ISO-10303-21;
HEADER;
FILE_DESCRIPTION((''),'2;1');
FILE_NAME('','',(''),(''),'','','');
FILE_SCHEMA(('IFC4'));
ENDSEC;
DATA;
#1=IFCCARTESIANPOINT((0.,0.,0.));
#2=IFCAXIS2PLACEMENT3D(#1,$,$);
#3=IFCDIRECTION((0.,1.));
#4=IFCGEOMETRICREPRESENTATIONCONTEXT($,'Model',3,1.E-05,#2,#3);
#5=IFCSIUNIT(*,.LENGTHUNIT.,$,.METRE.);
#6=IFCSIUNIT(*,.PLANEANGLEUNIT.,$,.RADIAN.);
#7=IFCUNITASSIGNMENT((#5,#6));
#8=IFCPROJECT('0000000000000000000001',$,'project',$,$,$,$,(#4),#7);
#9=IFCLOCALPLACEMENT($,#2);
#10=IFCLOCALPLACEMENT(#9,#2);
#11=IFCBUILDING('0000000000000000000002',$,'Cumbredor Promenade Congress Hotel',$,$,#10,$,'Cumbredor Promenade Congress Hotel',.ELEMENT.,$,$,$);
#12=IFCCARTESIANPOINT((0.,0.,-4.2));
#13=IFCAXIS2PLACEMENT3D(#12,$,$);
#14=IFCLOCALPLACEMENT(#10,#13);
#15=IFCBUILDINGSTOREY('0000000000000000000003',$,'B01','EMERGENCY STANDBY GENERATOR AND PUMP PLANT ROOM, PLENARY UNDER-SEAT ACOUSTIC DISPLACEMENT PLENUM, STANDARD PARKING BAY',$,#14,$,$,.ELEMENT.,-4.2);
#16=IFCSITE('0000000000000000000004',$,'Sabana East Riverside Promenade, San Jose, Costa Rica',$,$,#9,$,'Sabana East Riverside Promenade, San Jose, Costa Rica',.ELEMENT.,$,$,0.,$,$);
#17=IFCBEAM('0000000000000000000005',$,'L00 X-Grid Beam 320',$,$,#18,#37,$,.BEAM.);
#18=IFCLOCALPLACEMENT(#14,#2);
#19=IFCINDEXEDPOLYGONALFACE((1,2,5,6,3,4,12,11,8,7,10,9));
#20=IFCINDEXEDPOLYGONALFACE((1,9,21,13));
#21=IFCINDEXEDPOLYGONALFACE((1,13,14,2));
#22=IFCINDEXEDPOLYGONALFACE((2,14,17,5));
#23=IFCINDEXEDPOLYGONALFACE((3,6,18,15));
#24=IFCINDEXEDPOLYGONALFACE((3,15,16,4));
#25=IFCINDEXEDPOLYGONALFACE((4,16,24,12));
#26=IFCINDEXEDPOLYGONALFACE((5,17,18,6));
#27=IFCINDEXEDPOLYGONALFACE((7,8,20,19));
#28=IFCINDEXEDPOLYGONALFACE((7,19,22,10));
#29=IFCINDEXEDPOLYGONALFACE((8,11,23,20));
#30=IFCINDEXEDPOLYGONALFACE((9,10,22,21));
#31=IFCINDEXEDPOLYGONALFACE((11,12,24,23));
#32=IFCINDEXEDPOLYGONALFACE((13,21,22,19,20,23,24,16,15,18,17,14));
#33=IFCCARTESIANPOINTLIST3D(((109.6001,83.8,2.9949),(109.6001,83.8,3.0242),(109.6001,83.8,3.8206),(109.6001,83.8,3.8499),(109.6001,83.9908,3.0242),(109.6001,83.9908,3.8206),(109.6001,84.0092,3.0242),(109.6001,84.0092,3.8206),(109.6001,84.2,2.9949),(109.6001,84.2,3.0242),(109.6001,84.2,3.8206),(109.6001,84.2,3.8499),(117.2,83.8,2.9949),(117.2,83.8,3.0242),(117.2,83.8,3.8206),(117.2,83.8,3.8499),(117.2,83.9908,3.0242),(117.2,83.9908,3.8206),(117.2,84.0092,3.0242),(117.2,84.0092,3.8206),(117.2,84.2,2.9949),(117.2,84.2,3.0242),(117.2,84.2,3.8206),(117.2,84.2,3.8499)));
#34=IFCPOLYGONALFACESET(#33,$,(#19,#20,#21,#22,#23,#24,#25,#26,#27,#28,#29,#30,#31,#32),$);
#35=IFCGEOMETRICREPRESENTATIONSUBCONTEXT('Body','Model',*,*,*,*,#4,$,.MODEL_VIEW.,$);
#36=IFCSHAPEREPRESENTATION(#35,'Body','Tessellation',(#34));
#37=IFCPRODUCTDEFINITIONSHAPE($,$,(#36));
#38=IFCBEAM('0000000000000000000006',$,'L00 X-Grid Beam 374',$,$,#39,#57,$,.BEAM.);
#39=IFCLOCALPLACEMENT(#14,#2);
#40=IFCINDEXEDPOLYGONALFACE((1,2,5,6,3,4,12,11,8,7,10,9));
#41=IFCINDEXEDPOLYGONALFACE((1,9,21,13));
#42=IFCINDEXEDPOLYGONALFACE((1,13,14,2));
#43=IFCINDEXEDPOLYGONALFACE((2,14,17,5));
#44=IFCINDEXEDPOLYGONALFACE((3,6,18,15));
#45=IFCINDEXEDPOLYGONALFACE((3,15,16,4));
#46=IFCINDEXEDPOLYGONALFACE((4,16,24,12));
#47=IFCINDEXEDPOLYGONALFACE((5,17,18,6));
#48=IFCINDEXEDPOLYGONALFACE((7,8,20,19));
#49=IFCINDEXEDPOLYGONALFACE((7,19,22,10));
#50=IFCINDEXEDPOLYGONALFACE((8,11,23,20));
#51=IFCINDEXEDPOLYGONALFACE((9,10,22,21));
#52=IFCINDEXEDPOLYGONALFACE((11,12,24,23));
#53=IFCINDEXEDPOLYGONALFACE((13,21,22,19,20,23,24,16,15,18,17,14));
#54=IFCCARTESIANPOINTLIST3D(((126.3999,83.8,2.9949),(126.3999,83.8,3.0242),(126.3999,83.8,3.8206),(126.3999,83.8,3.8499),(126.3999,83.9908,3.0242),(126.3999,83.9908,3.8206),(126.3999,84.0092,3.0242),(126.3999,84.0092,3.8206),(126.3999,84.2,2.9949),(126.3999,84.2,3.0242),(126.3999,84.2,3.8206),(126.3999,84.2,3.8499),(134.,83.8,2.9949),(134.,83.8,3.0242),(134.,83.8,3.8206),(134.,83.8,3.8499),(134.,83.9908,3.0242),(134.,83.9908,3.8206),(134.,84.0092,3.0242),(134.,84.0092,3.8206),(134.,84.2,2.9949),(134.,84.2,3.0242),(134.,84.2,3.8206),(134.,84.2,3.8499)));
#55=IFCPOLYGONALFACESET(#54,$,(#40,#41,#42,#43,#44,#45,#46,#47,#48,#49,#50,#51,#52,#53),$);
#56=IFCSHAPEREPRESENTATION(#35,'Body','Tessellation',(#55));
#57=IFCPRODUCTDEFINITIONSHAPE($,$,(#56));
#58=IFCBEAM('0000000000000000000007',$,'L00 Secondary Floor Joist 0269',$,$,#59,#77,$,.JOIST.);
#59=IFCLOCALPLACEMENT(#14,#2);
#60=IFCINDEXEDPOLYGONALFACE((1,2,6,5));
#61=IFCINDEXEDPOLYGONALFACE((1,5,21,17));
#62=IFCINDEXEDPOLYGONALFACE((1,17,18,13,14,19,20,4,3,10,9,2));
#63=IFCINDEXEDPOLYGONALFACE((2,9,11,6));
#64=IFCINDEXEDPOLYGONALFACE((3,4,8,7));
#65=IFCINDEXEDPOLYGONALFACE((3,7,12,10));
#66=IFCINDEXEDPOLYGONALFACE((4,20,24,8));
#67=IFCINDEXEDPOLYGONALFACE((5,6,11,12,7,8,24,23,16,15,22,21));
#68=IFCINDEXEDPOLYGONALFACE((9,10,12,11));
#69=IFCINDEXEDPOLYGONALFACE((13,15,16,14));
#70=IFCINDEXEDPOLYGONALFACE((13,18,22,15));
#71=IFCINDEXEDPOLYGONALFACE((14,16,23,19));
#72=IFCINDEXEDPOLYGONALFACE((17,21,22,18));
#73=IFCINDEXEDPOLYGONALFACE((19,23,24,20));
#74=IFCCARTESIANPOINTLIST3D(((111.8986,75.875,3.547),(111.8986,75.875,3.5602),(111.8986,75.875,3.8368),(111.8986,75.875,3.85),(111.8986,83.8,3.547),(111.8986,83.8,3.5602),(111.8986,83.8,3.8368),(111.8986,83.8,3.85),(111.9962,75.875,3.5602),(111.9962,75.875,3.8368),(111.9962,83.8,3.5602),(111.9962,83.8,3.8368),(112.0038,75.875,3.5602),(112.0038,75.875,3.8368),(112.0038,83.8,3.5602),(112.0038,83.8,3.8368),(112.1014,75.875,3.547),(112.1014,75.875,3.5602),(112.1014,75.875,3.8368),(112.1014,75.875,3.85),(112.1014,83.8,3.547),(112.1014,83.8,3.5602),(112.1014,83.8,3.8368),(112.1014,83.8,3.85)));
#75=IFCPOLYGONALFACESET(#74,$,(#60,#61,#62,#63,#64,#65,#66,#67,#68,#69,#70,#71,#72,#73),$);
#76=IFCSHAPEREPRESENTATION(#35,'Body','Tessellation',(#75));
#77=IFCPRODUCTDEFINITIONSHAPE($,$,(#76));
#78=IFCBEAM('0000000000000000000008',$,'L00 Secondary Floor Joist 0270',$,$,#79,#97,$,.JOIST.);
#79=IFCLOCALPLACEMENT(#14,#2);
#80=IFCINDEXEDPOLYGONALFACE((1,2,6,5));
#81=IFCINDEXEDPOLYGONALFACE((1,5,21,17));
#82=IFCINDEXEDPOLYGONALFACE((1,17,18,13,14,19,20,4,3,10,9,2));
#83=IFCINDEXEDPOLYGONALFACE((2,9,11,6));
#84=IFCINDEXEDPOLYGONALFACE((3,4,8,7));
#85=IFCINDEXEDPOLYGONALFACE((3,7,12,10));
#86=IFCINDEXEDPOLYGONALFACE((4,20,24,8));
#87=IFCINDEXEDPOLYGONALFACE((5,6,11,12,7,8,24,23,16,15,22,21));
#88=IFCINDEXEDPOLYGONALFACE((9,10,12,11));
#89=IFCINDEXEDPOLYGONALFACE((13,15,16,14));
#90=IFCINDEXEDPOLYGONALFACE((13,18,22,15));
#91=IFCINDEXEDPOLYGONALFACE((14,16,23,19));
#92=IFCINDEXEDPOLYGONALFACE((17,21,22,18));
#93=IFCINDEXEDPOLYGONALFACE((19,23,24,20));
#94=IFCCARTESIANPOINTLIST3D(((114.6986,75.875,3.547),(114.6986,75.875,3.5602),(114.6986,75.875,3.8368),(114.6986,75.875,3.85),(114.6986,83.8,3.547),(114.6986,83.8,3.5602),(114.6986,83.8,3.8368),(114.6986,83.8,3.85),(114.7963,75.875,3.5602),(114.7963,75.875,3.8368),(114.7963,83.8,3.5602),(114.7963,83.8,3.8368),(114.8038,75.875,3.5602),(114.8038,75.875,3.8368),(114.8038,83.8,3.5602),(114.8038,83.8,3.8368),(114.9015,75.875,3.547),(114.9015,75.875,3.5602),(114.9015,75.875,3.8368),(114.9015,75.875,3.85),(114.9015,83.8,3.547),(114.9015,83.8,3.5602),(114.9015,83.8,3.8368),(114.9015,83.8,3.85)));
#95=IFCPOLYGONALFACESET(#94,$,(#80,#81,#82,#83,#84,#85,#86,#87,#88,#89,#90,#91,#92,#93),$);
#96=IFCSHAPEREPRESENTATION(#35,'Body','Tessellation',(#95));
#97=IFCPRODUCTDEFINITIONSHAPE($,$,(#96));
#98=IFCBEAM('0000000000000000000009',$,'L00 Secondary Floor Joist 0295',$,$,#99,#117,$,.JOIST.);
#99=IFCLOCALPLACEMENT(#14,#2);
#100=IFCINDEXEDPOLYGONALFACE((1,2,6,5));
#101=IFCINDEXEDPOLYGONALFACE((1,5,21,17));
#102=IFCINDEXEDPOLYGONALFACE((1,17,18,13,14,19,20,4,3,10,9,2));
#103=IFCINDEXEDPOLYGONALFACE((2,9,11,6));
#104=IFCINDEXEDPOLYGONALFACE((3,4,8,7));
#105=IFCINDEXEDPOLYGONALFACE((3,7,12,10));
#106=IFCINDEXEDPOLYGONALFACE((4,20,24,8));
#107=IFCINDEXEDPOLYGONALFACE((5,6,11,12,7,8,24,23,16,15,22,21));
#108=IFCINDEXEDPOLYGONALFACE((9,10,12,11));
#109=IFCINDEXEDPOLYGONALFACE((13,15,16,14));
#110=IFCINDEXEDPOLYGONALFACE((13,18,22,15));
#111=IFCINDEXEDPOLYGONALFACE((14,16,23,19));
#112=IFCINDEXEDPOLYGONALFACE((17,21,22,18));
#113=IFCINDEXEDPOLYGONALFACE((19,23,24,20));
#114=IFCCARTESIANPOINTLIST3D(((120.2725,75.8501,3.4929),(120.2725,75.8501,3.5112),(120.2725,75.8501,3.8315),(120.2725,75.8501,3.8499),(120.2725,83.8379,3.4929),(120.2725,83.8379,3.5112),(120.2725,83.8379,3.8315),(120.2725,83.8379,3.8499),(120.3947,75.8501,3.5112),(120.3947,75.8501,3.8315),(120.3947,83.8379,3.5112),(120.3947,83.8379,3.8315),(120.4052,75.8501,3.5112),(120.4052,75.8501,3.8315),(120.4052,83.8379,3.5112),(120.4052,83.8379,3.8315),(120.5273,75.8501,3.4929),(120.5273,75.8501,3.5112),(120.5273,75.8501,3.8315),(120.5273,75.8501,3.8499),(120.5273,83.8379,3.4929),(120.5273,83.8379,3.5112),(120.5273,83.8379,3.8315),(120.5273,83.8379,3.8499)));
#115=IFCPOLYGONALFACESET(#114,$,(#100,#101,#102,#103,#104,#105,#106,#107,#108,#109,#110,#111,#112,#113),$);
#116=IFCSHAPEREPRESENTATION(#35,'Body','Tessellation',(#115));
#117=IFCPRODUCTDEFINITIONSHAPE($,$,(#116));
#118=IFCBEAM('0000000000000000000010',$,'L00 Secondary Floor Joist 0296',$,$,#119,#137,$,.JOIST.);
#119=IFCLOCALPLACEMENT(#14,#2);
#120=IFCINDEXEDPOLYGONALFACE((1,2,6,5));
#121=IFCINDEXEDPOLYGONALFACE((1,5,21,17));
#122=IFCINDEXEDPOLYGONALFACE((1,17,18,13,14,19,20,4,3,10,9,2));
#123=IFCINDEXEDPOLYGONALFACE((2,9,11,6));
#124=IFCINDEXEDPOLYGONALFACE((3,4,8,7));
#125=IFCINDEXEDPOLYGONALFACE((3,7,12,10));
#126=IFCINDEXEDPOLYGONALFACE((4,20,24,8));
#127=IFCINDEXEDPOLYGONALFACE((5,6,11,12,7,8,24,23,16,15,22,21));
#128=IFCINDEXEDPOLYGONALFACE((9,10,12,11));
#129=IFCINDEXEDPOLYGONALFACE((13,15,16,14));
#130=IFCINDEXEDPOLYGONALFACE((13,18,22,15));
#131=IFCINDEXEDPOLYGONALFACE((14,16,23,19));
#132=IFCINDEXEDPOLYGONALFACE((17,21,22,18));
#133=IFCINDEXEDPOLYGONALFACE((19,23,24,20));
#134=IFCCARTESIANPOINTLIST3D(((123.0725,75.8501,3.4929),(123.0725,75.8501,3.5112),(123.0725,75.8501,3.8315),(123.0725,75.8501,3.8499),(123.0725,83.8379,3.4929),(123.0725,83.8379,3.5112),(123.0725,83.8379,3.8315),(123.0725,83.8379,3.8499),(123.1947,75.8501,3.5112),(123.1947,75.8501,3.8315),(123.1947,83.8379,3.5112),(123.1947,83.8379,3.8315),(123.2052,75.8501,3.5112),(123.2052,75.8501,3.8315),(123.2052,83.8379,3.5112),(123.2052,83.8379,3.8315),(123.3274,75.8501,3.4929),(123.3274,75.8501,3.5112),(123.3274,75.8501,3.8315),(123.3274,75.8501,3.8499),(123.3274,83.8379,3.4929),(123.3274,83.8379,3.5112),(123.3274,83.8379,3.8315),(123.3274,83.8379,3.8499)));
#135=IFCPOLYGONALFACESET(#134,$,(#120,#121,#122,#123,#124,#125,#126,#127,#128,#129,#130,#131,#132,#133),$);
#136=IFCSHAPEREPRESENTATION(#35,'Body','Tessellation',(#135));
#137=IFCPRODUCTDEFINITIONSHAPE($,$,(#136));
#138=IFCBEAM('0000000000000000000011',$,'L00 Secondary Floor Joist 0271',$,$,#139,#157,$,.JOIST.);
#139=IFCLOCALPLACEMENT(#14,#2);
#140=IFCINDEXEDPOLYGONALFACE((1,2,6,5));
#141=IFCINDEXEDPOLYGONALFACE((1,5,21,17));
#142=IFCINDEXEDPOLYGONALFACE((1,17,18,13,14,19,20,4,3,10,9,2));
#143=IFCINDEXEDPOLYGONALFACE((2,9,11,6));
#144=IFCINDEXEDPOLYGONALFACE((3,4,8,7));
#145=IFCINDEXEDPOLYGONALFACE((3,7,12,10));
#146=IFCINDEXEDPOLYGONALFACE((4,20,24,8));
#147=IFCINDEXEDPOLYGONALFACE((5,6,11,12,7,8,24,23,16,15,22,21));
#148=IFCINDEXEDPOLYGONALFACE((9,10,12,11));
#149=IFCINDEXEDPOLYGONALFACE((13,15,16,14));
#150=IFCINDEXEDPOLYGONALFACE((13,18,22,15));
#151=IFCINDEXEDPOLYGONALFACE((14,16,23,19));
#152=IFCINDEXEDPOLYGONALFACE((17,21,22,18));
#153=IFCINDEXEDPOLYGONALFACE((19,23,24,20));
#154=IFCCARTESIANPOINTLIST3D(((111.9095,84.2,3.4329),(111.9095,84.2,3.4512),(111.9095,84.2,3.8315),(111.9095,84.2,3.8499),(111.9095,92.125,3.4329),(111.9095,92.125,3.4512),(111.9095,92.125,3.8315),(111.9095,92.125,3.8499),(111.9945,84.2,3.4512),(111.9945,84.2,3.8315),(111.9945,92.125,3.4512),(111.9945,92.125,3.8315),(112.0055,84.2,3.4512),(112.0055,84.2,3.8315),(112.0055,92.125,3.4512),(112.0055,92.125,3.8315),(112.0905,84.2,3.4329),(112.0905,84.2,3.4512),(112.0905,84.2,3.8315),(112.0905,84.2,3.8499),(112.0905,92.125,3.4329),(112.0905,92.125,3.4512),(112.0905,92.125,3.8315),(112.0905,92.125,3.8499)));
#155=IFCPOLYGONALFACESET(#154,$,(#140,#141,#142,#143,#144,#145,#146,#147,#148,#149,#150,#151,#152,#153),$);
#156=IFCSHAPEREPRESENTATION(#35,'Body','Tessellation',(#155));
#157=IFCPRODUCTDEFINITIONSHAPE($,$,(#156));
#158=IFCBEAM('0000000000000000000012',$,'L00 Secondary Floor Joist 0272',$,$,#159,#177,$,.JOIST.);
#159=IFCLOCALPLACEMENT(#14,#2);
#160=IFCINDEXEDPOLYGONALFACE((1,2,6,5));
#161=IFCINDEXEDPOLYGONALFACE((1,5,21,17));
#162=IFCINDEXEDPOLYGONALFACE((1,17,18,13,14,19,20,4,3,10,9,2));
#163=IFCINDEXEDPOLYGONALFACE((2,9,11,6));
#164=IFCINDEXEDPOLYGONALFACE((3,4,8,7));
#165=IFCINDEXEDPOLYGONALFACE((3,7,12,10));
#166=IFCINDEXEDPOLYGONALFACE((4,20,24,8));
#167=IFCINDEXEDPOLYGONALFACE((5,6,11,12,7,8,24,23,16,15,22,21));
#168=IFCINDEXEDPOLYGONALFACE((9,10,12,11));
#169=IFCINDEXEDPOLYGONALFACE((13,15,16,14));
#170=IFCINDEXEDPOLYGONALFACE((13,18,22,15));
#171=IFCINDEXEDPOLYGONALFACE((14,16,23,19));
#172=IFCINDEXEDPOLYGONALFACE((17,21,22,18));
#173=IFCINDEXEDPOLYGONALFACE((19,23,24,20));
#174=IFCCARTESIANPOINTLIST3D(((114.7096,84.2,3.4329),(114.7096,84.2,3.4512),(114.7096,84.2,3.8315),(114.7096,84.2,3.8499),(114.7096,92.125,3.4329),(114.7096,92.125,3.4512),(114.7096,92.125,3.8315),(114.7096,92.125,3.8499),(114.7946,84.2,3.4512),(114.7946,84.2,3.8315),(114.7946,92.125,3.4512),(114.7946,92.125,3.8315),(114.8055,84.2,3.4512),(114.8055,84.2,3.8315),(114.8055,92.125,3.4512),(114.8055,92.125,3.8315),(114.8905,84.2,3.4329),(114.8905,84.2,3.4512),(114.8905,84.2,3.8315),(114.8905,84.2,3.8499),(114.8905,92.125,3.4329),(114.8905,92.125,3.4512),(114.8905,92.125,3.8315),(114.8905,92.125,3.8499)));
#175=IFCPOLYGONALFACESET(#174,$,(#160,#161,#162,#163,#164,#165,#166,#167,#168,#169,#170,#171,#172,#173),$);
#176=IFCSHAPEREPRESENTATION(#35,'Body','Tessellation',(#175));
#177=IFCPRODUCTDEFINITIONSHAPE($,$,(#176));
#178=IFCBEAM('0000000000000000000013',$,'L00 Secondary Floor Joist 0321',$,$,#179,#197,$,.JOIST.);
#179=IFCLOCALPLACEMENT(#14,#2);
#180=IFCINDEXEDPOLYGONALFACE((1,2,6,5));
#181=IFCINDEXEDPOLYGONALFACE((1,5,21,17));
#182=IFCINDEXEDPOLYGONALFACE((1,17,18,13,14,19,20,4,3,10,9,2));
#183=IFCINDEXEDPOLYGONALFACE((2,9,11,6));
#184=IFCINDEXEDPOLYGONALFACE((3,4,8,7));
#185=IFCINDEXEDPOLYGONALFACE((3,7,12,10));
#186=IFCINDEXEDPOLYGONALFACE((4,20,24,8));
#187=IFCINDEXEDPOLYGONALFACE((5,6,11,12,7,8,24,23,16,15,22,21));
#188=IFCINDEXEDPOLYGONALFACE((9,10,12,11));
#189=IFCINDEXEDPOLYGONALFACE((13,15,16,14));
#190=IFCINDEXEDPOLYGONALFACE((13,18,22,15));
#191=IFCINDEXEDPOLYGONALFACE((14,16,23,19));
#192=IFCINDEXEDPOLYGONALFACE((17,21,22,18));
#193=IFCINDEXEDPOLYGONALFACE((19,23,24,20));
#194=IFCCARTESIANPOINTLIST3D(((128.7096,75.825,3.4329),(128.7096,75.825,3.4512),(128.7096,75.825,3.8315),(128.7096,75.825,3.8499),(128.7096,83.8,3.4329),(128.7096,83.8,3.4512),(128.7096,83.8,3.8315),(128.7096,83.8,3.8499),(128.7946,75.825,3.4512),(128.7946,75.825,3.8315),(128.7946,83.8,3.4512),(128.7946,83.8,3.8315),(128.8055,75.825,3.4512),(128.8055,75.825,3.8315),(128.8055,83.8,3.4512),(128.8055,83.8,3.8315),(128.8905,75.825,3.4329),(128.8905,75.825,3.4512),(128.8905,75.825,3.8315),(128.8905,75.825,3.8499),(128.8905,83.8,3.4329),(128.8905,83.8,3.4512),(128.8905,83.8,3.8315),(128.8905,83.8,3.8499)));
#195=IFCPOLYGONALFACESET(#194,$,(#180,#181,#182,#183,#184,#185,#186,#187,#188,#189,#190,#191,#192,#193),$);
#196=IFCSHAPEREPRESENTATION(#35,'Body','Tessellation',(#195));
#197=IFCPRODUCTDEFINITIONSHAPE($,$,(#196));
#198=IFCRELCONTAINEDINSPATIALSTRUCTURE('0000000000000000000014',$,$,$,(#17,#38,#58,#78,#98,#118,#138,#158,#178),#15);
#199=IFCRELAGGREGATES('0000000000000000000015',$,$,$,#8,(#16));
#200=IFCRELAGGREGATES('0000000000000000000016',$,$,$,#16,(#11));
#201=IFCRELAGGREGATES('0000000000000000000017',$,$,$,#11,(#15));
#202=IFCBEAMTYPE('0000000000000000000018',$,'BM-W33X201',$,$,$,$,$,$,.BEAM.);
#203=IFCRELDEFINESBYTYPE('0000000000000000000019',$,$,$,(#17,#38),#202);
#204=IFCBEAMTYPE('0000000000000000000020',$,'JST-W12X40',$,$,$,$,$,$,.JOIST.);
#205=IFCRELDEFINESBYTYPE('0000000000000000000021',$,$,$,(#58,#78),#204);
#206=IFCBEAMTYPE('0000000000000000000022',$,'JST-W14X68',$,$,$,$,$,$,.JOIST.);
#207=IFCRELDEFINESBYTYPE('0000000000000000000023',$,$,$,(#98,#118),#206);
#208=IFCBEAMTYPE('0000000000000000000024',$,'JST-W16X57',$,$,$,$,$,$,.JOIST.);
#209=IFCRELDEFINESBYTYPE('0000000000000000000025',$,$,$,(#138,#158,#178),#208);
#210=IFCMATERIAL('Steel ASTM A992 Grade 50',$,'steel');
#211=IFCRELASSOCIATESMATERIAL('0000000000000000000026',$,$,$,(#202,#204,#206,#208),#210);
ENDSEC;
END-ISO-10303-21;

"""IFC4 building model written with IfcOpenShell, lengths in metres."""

from ifc_helpers import new_model, si_unit, direction, frame, origin, origin_2d, place, context, subcontext, project, spatial, i_section, extrude, material, material_profile, profile_set, type_object, element, save


model = new_model("IFC4")

# Units and contexts
model_context = context("Model", 3, precision=1e-05, world=origin(), true_north=direction((0.0, 1.0)))
body_context = subcontext(model_context, "Body", "Model", "MODEL_VIEW")
ifc_project = project(units=[si_unit("LENGTHUNIT", "METRE"), si_unit("PLANEANGLEUNIT", "RADIAN")], contexts=[model_context])

# Site, building, storey
site_placement = place(None, origin())
site = spatial("IfcSite", under=ifc_project, at=site_placement, Name="Sabana East Riverside Promenade, San Jose, Costa Rica", LongName="Sabana East Riverside Promenade, San Jose, Costa Rica", CompositionType="ELEMENT", RefElevation=0.0)
building_placement = place(site_placement, origin())
building = spatial("IfcBuilding", under=site, at=building_placement, Name="Cumbredor Promenade Congress Hotel", LongName="Cumbredor Promenade Congress Hotel", CompositionType="ELEMENT")
storey_placement = place(building_placement, frame((0.0, 0.0, -4.2)))
storey = spatial("IfcBuildingStorey", under=building, at=storey_placement, Name="B01", Description="EMERGENCY STANDBY GENERATOR AND PUMP PLANT ROOM, PLENARY UNDER-SEAT ACOUSTIC DISPLACEMENT PLENUM, STANDARD PARKING BAY", CompositionType="ELEMENT", Elevation=-4.2)

# Beams
ifc_material_1 = material(Name="Steel ASTM A992 Grade 50", Category="steel")
ifc_material_profile_1 = material_profile(ifc_material_1, i_section(OverallWidth=0.3999, OverallDepth=0.855, WebThickness=0.0183, FlangeThickness=0.0293, at=origin_2d()), Name="W33X201")
ifc_profile_set_1 = profile_set([ifc_material_profile_1], Name="Steel ASTM A992 Grade 50")
beam_type_1 = type_object("IfcBeamType", Name="BM-W33X201", PredefinedType="BEAM", material=ifc_profile_set_1)
beam_1_placement = place(storey_placement, frame((109.6001, 84.0, 3.4224), z_axis=(1.0, 0.0, 0.0), x_axis=(0.0, 1.0, 0.0)))
element("IfcBeam", 1, at=beam_1_placement, inside=storey, type_object=beam_type_1, Name="L00 X-Grid Beam 320", PredefinedType="BEAM", context=body_context, shape_type="SweptSolid", body=[
    extrude(i_section(OverallWidth=0.3999, OverallDepth=0.855, WebThickness=0.0183, FlangeThickness=0.0293, at=origin_2d()), origin(), (0.0, 0.0, 1.0), 7.5999),
])
beam_2_placement = place(storey_placement, frame((126.3999, 84.0, 3.4224), z_axis=(1.0, 0.0, 0.0), x_axis=(0.0, 1.0, 0.0)))
element("IfcBeam", 2, at=beam_2_placement, inside=storey, type_object=beam_type_1, Name="L00 X-Grid Beam 374", PredefinedType="BEAM", context=body_context, shape_type="SweptSolid", body=[
    extrude(i_section(OverallWidth=0.3999, OverallDepth=0.855, WebThickness=0.0183, FlangeThickness=0.0293, at=origin_2d()), origin(), (0.0, 0.0, 1.0), 7.6001),
])
ifc_material_profile_2 = material_profile(ifc_material_1, i_section(OverallWidth=0.2029, OverallDepth=0.303, WebThickness=0.0076, FlangeThickness=0.0132, at=origin_2d()), Name="W12X40")
ifc_profile_set_2 = profile_set([ifc_material_profile_2], Name="Steel ASTM A992 Grade 50")
beam_type_2 = type_object("IfcBeamType", Name="JST-W12X40", PredefinedType="JOIST", material=ifc_profile_set_2)
for number, where, z_axis, x_axis, name in (
    (3, (112.0, 75.875, 3.6985), (0.0, 1.0, 0.0), (-1.0, 0.0, 0.0), "L00 Secondary Floor Joist 0269"),
    (4, (114.8, 75.875, 3.6985), (0.0, 1.0, 0.0), (-1.0, 0.0, 0.0), "L00 Secondary Floor Joist 0270"),
):
    element("IfcBeam", number, at=place(storey_placement, frame(where, z_axis=z_axis, x_axis=x_axis)), inside=storey, type_object=beam_type_2, Name=name, PredefinedType="JOIST", context=body_context, shape_type="SweptSolid", body=[
        extrude(i_section(OverallWidth=0.2029, OverallDepth=0.303, WebThickness=0.0076, FlangeThickness=0.0132, at=origin_2d()), origin(), (0.0, 0.0, 1.0), 7.925),
    ])
ifc_material_profile_3 = material_profile(ifc_material_1, i_section(OverallWidth=0.2549, OverallDepth=0.3569, WebThickness=0.0105, FlangeThickness=0.0183, at=origin_2d()), Name="W14X68")
ifc_profile_set_3 = profile_set([ifc_material_profile_3], Name="Steel ASTM A992 Grade 50")
beam_type_3 = type_object("IfcBeamType", Name="JST-W14X68", PredefinedType="JOIST", material=ifc_profile_set_3)
for number, where, z_axis, x_axis, name in (
    (5, (120.3999, 75.8501, 3.6714), (0.0, 1.0, 0.0), (-1.0, 0.0, 0.0), "L00 Secondary Floor Joist 0295"),
    (6, (123.2, 75.8501, 3.6714), (0.0, 1.0, 0.0), (-1.0, 0.0, 0.0), "L00 Secondary Floor Joist 0296"),
):
    element("IfcBeam", number, at=place(storey_placement, frame(where, z_axis=z_axis, x_axis=x_axis)), inside=storey, type_object=beam_type_3, Name=name, PredefinedType="JOIST", context=body_context, shape_type="SweptSolid", body=[
        extrude(i_section(OverallWidth=0.2549, OverallDepth=0.3569, WebThickness=0.0105, FlangeThickness=0.0183, at=origin_2d()), origin(), (0.0, 0.0, 1.0), 7.9878),
    ])
ifc_material_profile_4 = material_profile(ifc_material_1, i_section(OverallWidth=0.1809, OverallDepth=0.417, WebThickness=0.011, FlangeThickness=0.0183, at=origin_2d()), Name="W16X57")
ifc_profile_set_4 = profile_set([ifc_material_profile_4], Name="Steel ASTM A992 Grade 50")
beam_type_4 = type_object("IfcBeamType", Name="JST-W16X57", PredefinedType="JOIST", material=ifc_profile_set_4)
for number, where, z_axis, x_axis, name in (
    (7, (112.0, 84.2, 3.6414), (0.0, 1.0, 0.0), (-1.0, 0.0, 0.0), "L00 Secondary Floor Joist 0271"),
    (8, (114.8, 84.2, 3.6414), (0.0, 1.0, 0.0), (-1.0, 0.0, 0.0), "L00 Secondary Floor Joist 0272"),
):
    element("IfcBeam", number, at=place(storey_placement, frame(where, z_axis=z_axis, x_axis=x_axis)), inside=storey, type_object=beam_type_4, Name=name, PredefinedType="JOIST", context=body_context, shape_type="SweptSolid", body=[
        extrude(i_section(OverallWidth=0.1809, OverallDepth=0.417, WebThickness=0.011, FlangeThickness=0.0183, at=origin_2d()), origin(), (0.0, 0.0, 1.0), 7.925),
    ])
for number, where, z_axis, x_axis, name in (
    (9, (128.8, 75.825, 3.6414), (0.0, 1.0, 0.0), (-1.0, 0.0, 0.0), "L00 Secondary Floor Joist 0321"),
):
    element("IfcBeam", number, at=place(storey_placement, frame(where, z_axis=z_axis, x_axis=x_axis)), inside=storey, type_object=beam_type_4, Name=name, PredefinedType="JOIST", context=body_context, shape_type="SweptSolid", body=[
        extrude(i_section(OverallWidth=0.1809, OverallDepth=0.417, WebThickness=0.011, FlangeThickness=0.0183, at=origin_2d()), origin(), (0.0, 0.0, 1.0), 7.9751),
    ])

save(model, "model.ifc")
